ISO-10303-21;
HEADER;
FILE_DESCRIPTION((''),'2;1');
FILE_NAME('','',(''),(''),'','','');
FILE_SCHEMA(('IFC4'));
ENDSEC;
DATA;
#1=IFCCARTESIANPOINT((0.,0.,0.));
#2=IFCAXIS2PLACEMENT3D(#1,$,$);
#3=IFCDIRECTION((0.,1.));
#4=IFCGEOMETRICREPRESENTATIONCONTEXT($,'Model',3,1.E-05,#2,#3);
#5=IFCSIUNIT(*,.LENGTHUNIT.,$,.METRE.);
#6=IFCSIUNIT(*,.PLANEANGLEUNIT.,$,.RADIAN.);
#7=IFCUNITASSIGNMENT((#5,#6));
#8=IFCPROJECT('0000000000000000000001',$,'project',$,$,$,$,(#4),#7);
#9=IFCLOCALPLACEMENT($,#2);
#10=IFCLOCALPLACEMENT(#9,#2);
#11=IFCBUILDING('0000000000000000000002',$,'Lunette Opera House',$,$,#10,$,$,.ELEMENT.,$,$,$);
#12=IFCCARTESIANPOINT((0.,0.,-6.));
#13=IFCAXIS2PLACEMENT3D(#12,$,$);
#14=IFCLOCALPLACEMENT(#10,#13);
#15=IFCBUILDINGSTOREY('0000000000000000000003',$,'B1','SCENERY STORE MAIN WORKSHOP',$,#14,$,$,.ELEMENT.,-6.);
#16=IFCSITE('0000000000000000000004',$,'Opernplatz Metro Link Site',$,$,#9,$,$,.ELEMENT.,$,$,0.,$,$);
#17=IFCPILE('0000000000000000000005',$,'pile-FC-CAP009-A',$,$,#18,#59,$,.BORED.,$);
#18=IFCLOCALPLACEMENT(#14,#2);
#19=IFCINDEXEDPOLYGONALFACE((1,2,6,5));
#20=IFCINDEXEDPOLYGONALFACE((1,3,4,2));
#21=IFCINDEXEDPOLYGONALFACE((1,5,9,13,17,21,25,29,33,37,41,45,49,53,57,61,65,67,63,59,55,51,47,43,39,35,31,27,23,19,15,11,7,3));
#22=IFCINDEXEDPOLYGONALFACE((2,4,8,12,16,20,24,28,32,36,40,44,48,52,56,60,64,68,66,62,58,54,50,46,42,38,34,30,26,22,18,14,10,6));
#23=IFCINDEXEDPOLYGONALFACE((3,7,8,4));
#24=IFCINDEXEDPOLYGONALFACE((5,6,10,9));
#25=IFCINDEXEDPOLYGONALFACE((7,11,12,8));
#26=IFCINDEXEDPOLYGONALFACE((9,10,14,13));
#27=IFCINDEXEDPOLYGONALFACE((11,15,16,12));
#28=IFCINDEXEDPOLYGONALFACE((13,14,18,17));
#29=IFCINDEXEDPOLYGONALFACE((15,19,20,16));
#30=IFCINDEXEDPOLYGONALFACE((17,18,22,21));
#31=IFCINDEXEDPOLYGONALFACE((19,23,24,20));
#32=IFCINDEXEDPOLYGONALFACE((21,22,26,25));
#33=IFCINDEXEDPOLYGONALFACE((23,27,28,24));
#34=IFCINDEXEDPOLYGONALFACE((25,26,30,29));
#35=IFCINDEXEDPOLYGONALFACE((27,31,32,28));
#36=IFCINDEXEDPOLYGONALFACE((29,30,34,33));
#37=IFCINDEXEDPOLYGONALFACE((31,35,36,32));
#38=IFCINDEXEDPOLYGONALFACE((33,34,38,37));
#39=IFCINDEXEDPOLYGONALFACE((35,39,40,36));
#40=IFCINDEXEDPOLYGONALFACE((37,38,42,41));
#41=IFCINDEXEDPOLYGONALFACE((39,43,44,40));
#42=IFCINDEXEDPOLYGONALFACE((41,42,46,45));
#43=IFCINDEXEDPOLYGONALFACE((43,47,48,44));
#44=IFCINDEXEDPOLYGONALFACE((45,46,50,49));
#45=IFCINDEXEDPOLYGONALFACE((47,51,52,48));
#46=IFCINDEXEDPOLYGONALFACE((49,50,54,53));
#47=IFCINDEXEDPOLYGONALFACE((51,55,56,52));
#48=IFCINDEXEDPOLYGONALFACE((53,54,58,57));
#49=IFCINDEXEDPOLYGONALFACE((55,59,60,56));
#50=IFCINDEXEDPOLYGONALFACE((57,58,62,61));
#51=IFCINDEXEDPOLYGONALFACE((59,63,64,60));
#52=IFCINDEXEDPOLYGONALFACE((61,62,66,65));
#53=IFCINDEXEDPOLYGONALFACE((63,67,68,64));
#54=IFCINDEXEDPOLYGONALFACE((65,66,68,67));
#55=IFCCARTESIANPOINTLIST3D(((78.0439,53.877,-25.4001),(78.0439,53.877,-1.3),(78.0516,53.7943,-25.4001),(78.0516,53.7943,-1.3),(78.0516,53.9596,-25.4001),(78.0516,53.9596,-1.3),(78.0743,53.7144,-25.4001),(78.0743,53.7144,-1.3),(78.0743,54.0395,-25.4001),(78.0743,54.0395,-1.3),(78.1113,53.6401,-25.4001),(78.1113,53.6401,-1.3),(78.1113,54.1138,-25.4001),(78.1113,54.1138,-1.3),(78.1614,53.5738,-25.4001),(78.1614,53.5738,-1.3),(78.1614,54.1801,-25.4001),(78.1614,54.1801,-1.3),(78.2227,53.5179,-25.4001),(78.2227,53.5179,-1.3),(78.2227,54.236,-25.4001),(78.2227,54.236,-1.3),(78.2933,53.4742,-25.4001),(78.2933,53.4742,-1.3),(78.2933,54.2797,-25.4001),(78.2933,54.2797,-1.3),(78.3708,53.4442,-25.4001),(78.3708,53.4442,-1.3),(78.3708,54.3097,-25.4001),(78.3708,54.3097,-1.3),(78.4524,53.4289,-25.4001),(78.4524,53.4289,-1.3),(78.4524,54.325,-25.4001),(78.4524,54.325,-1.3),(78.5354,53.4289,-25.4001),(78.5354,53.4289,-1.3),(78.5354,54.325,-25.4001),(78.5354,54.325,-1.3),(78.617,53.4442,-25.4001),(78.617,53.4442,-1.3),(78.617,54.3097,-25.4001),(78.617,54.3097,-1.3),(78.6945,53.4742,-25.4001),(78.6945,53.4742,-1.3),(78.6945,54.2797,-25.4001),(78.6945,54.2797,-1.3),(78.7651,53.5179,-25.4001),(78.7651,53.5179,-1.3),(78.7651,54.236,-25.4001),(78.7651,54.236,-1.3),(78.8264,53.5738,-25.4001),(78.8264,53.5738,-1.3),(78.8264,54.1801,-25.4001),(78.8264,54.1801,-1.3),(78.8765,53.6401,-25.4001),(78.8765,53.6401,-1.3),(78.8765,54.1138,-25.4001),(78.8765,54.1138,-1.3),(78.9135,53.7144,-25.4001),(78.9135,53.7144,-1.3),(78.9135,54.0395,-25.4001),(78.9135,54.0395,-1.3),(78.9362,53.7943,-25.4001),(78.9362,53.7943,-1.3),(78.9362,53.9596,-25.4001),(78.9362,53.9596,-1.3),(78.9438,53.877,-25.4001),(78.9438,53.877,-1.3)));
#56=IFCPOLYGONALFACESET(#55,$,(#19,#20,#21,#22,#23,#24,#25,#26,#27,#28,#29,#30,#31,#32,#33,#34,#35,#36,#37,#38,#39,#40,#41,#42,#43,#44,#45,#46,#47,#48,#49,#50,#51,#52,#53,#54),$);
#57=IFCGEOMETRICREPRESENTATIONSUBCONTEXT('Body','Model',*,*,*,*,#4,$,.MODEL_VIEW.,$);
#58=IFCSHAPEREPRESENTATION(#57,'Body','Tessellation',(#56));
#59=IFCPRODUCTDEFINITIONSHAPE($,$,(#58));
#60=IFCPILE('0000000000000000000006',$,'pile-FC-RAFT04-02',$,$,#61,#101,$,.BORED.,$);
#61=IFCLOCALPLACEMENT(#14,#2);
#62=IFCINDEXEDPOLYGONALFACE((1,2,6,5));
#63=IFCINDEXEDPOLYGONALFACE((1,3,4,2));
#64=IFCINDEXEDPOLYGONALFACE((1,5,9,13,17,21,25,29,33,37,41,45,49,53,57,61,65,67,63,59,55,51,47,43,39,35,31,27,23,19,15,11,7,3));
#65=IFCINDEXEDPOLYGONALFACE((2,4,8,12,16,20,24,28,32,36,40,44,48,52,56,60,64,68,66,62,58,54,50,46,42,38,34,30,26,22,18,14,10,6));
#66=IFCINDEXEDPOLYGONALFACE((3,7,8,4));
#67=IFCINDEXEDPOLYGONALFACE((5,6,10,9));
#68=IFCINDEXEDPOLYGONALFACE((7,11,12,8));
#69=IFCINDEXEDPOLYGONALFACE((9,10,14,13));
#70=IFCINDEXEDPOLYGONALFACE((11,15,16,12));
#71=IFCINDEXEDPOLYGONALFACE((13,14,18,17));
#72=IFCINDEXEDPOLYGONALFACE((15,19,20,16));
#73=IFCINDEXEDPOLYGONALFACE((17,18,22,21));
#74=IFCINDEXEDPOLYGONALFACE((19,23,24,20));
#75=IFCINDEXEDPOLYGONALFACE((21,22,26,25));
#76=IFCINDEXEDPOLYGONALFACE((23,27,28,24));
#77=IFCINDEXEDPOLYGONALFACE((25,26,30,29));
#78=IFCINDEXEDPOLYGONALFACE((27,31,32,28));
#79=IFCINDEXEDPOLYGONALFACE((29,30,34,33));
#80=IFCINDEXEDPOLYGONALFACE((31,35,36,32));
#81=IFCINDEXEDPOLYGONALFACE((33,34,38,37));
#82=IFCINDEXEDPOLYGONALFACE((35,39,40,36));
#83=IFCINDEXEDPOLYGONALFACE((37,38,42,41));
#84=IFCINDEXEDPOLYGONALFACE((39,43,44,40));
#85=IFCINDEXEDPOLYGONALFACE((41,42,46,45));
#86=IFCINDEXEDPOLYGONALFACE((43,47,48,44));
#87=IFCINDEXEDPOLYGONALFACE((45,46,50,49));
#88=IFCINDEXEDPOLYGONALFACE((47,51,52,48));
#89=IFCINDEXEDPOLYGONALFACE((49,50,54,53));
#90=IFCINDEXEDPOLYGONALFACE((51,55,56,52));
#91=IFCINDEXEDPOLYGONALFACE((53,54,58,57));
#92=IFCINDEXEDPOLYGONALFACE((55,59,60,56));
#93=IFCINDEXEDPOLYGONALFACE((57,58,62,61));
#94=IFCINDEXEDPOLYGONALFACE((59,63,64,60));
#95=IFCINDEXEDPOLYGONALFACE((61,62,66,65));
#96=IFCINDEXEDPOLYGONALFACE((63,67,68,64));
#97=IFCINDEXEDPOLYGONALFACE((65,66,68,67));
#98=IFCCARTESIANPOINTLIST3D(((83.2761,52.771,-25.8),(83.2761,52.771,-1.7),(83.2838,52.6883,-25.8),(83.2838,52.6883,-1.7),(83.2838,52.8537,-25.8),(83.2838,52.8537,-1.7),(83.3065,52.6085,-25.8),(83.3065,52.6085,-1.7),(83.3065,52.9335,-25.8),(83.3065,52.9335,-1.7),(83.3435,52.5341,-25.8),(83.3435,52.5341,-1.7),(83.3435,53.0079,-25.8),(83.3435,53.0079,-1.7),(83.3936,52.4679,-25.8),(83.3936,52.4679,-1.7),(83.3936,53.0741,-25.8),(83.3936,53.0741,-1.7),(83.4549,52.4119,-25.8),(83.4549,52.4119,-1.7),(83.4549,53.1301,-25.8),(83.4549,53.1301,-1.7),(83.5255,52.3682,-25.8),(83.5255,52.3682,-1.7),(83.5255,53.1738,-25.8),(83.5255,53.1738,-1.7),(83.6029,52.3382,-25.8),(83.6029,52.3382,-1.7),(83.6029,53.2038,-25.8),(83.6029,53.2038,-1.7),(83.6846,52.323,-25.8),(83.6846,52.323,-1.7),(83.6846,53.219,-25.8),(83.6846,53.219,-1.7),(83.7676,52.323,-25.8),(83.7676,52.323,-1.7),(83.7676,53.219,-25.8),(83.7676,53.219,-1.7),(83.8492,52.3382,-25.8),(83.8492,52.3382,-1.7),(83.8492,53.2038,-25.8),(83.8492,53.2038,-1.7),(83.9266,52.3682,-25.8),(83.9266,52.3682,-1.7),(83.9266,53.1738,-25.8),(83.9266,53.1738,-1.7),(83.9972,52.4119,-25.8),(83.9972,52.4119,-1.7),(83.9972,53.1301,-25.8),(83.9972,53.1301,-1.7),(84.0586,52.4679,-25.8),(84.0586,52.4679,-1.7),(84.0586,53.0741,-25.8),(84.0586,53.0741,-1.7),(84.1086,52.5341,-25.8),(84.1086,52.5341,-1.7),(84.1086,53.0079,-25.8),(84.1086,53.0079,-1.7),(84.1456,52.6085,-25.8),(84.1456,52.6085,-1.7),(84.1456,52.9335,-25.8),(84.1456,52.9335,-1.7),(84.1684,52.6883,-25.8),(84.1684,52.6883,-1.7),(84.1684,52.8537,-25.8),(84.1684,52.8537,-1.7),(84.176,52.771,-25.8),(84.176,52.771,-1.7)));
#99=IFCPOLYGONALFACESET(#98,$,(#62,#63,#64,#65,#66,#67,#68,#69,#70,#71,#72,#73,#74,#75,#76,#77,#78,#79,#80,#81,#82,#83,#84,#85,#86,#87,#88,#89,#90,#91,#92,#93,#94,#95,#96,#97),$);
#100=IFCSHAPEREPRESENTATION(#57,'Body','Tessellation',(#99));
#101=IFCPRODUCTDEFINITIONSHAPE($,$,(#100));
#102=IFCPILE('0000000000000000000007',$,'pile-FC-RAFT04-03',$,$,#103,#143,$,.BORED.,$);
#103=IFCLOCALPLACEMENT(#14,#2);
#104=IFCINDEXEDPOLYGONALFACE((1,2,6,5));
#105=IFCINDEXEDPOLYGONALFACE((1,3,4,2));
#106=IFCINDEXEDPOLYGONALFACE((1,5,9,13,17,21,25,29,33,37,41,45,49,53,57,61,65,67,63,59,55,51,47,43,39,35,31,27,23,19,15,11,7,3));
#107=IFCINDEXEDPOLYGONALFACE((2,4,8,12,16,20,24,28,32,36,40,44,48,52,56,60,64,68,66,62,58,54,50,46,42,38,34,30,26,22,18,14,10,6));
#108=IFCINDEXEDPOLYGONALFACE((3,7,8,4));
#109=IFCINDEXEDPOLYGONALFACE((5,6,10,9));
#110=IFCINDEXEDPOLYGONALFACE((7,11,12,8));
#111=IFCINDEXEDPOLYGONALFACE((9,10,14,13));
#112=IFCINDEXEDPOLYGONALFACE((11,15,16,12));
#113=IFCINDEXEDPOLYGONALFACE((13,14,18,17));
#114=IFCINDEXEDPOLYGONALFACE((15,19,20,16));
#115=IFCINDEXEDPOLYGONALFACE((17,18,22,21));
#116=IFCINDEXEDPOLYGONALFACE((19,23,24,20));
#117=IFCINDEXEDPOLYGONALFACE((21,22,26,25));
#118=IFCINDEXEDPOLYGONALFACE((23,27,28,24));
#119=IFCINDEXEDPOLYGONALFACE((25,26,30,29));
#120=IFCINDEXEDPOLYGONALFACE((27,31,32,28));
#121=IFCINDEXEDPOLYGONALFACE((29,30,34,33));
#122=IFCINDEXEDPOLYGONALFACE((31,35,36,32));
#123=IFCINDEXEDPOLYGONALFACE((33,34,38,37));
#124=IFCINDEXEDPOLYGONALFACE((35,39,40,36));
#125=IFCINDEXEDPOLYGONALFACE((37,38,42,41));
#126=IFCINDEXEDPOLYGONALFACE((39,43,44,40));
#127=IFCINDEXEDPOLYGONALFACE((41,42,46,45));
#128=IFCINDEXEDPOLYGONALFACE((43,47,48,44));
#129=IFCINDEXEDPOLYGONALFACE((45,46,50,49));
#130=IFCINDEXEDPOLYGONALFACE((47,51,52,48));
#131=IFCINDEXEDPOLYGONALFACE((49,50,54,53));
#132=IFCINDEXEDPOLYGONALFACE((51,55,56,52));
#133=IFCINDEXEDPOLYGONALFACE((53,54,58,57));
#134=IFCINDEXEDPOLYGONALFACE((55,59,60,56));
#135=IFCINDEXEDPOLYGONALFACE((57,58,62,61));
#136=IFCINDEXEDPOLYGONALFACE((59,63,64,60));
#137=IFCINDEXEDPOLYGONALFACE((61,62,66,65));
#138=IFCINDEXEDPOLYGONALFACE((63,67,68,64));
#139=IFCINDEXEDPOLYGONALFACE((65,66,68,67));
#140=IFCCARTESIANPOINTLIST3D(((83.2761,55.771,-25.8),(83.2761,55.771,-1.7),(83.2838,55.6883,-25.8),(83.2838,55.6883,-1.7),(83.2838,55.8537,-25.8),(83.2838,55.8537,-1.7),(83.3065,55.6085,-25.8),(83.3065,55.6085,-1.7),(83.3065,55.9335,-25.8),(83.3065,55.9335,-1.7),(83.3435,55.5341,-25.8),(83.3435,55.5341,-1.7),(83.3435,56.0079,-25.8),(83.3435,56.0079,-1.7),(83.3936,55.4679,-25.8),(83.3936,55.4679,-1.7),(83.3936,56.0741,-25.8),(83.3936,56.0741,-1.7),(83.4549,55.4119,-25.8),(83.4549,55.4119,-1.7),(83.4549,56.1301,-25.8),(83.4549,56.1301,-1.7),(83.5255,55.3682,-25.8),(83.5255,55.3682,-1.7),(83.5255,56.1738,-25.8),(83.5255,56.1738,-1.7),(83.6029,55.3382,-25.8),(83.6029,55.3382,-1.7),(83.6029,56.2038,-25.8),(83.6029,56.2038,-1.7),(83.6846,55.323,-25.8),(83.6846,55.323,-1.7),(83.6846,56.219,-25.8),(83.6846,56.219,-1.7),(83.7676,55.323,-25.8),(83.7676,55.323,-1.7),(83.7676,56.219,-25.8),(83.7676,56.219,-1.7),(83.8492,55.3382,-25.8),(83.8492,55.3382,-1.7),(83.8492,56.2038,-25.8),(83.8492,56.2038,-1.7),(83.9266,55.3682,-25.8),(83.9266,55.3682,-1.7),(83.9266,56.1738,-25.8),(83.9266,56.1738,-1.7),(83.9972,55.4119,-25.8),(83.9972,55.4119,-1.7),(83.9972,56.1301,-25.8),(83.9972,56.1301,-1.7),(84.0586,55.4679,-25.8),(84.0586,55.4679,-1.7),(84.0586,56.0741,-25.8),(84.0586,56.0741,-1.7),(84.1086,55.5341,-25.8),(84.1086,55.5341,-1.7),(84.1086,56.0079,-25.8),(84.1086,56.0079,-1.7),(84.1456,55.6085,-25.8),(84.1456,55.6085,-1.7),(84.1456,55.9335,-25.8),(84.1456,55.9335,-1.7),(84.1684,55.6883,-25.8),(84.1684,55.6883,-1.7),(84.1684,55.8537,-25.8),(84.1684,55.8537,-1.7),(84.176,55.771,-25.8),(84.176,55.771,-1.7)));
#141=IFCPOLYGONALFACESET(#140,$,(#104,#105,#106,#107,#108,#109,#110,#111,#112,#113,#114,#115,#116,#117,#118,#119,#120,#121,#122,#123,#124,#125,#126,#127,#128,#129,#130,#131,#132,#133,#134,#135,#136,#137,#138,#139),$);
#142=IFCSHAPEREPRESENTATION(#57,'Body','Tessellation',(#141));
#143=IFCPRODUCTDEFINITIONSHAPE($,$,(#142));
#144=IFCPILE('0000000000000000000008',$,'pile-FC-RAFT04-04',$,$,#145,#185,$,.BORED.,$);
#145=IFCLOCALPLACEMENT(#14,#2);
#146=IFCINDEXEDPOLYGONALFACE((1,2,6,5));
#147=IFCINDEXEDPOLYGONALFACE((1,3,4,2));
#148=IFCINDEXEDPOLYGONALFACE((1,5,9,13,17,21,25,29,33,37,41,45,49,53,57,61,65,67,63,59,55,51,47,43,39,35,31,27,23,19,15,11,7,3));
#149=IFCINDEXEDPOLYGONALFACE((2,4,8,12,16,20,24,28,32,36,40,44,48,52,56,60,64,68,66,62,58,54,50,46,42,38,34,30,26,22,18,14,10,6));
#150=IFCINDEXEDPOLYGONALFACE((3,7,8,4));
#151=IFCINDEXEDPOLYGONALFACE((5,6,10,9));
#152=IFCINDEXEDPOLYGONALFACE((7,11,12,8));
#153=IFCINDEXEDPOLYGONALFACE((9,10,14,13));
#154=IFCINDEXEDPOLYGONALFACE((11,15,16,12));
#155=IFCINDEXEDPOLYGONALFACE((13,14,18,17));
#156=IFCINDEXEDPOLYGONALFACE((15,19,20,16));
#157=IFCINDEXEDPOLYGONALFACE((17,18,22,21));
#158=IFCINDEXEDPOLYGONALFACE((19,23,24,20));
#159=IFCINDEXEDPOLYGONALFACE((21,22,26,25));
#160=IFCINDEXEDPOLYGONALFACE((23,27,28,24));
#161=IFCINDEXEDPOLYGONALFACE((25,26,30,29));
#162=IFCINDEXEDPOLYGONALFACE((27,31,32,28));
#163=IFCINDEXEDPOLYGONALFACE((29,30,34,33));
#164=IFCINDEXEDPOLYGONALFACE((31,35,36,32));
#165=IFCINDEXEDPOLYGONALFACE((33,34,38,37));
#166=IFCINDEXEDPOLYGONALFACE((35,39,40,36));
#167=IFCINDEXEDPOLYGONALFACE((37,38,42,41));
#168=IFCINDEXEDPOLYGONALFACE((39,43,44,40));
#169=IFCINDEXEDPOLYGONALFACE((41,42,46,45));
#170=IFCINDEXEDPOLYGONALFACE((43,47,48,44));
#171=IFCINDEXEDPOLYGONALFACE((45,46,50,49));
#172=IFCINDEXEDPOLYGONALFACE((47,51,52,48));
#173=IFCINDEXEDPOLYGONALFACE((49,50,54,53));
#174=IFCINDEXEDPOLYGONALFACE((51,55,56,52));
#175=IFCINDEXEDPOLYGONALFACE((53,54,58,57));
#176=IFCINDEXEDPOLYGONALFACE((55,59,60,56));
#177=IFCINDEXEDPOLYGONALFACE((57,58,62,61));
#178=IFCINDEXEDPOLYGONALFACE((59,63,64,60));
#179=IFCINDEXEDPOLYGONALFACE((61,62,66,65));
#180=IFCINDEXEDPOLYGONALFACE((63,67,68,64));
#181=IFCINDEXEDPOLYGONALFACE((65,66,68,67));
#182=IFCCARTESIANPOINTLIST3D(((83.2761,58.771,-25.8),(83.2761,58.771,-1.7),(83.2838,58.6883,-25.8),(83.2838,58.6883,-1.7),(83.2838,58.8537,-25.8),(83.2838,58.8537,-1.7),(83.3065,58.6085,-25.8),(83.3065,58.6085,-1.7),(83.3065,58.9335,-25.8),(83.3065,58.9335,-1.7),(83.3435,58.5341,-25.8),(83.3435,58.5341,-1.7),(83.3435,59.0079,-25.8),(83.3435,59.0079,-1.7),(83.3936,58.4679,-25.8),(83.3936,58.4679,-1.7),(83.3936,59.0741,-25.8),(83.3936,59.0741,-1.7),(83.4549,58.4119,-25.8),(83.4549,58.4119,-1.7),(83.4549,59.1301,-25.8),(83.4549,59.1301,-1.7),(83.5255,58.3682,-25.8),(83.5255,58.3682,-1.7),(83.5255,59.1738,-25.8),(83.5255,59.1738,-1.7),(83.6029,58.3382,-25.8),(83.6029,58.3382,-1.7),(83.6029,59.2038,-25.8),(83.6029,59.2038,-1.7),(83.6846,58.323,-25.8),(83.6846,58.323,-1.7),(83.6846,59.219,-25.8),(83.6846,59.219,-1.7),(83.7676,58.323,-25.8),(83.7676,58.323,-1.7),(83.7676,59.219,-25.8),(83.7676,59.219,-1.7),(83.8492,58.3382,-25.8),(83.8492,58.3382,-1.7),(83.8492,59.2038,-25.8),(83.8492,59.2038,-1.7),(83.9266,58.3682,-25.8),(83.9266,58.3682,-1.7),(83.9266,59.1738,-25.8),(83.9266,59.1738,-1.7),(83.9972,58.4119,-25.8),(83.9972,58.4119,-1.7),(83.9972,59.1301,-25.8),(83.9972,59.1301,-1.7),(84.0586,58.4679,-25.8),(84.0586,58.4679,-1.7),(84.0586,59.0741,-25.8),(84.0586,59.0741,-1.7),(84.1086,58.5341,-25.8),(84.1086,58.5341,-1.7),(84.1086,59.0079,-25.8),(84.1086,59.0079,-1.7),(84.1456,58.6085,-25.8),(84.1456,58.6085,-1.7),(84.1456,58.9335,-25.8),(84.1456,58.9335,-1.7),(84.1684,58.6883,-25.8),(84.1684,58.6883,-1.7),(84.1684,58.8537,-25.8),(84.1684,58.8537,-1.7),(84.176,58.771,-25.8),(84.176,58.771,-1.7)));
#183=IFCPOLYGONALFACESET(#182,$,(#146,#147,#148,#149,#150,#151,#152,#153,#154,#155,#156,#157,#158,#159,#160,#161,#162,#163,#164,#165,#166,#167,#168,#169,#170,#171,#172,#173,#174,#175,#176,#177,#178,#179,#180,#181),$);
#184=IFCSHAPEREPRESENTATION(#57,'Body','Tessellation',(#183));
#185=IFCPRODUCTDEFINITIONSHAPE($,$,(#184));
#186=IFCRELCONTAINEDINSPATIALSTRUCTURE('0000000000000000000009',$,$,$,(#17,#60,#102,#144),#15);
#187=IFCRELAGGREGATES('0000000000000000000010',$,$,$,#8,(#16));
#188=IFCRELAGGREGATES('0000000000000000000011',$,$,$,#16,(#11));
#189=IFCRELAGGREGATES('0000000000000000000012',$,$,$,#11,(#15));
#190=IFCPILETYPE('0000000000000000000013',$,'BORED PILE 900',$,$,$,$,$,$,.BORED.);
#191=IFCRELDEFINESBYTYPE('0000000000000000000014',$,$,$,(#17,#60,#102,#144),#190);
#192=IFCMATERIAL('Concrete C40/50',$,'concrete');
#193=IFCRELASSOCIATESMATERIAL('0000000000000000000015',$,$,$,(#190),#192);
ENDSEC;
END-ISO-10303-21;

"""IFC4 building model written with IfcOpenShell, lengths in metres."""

from ifc_helpers import new_model, si_unit, direction, frame, origin, origin_2d, place, context, subcontext, project, spatial, circle, extrude, material, material_profile, profile_set, type_object, element, save


model = new_model("IFC4")

# Units and contexts
model_context = context("Model", 3, precision=1e-05, world=origin(), true_north=direction((0.0, 1.0)))
body_context = subcontext(model_context, "Body", "Model", "MODEL_VIEW")
ifc_project = project(units=[si_unit("LENGTHUNIT", "METRE"), si_unit("PLANEANGLEUNIT", "RADIAN")], contexts=[model_context])

# Site, building, storey
site_placement = place(None, origin())
site = spatial("IfcSite", under=ifc_project, at=site_placement, Name="Opernplatz Metro Link Site", CompositionType="ELEMENT", RefElevation=0.0)
building_placement = place(site_placement, origin())
building = spatial("IfcBuilding", under=site, at=building_placement, Name="Lunette Opera House", CompositionType="ELEMENT")
storey_placement = place(building_placement, frame((0.0, 0.0, -6.0)))
storey = spatial("IfcBuildingStorey", under=building, at=storey_placement, Name="B1", Description="SCENERY STORE MAIN WORKSHOP", CompositionType="ELEMENT", Elevation=-6.0)

# Piles
ifc_material_1 = material(Name="Concrete C40/50", Category="concrete")
ifc_material_profile_1 = material_profile(ifc_material_1, circle(Radius=0.45, at=origin_2d()), Name="BORED PILE 900")
ifc_profile_set_1 = profile_set([ifc_material_profile_1], Name="Concrete C40/50")
pile_type = type_object("IfcPileType", Name="BORED PILE 900", PredefinedType="BORED", material=ifc_profile_set_1)
for number, where, z_axis, x_axis, name in (
    (1, (78.4939, 53.877, -1.3), (0.0, 0.0, -1.0), (1.0, 0.0, 0.0), "pile-FC-CAP009-A"),
    (2, (83.7261, 52.771, -1.7), (0.0, 0.0, -1.0), (1.0, 0.0, 0.0), "pile-FC-RAFT04-02"),
    (3, (83.7261, 55.771, -1.7), (0.0, 0.0, -1.0), (1.0, 0.0, 0.0), "pile-FC-RAFT04-03"),
    (4, (83.7261, 58.771, -1.7), (0.0, 0.0, -1.0), (1.0, 0.0, 0.0), "pile-FC-RAFT04-04"),
):
    element("IfcPile", number, at=place(storey_placement, frame(where, z_axis=z_axis, x_axis=x_axis)), inside=storey, type_object=pile_type, Name=name, PredefinedType="BORED", context=body_context, shape_type="SweptSolid", body=[
        extrude(circle(Radius=0.45, at=origin_2d()), origin(), (0.0, 0.0, 1.0), 24.1001),
    ])

save(model, "model.ifc")
